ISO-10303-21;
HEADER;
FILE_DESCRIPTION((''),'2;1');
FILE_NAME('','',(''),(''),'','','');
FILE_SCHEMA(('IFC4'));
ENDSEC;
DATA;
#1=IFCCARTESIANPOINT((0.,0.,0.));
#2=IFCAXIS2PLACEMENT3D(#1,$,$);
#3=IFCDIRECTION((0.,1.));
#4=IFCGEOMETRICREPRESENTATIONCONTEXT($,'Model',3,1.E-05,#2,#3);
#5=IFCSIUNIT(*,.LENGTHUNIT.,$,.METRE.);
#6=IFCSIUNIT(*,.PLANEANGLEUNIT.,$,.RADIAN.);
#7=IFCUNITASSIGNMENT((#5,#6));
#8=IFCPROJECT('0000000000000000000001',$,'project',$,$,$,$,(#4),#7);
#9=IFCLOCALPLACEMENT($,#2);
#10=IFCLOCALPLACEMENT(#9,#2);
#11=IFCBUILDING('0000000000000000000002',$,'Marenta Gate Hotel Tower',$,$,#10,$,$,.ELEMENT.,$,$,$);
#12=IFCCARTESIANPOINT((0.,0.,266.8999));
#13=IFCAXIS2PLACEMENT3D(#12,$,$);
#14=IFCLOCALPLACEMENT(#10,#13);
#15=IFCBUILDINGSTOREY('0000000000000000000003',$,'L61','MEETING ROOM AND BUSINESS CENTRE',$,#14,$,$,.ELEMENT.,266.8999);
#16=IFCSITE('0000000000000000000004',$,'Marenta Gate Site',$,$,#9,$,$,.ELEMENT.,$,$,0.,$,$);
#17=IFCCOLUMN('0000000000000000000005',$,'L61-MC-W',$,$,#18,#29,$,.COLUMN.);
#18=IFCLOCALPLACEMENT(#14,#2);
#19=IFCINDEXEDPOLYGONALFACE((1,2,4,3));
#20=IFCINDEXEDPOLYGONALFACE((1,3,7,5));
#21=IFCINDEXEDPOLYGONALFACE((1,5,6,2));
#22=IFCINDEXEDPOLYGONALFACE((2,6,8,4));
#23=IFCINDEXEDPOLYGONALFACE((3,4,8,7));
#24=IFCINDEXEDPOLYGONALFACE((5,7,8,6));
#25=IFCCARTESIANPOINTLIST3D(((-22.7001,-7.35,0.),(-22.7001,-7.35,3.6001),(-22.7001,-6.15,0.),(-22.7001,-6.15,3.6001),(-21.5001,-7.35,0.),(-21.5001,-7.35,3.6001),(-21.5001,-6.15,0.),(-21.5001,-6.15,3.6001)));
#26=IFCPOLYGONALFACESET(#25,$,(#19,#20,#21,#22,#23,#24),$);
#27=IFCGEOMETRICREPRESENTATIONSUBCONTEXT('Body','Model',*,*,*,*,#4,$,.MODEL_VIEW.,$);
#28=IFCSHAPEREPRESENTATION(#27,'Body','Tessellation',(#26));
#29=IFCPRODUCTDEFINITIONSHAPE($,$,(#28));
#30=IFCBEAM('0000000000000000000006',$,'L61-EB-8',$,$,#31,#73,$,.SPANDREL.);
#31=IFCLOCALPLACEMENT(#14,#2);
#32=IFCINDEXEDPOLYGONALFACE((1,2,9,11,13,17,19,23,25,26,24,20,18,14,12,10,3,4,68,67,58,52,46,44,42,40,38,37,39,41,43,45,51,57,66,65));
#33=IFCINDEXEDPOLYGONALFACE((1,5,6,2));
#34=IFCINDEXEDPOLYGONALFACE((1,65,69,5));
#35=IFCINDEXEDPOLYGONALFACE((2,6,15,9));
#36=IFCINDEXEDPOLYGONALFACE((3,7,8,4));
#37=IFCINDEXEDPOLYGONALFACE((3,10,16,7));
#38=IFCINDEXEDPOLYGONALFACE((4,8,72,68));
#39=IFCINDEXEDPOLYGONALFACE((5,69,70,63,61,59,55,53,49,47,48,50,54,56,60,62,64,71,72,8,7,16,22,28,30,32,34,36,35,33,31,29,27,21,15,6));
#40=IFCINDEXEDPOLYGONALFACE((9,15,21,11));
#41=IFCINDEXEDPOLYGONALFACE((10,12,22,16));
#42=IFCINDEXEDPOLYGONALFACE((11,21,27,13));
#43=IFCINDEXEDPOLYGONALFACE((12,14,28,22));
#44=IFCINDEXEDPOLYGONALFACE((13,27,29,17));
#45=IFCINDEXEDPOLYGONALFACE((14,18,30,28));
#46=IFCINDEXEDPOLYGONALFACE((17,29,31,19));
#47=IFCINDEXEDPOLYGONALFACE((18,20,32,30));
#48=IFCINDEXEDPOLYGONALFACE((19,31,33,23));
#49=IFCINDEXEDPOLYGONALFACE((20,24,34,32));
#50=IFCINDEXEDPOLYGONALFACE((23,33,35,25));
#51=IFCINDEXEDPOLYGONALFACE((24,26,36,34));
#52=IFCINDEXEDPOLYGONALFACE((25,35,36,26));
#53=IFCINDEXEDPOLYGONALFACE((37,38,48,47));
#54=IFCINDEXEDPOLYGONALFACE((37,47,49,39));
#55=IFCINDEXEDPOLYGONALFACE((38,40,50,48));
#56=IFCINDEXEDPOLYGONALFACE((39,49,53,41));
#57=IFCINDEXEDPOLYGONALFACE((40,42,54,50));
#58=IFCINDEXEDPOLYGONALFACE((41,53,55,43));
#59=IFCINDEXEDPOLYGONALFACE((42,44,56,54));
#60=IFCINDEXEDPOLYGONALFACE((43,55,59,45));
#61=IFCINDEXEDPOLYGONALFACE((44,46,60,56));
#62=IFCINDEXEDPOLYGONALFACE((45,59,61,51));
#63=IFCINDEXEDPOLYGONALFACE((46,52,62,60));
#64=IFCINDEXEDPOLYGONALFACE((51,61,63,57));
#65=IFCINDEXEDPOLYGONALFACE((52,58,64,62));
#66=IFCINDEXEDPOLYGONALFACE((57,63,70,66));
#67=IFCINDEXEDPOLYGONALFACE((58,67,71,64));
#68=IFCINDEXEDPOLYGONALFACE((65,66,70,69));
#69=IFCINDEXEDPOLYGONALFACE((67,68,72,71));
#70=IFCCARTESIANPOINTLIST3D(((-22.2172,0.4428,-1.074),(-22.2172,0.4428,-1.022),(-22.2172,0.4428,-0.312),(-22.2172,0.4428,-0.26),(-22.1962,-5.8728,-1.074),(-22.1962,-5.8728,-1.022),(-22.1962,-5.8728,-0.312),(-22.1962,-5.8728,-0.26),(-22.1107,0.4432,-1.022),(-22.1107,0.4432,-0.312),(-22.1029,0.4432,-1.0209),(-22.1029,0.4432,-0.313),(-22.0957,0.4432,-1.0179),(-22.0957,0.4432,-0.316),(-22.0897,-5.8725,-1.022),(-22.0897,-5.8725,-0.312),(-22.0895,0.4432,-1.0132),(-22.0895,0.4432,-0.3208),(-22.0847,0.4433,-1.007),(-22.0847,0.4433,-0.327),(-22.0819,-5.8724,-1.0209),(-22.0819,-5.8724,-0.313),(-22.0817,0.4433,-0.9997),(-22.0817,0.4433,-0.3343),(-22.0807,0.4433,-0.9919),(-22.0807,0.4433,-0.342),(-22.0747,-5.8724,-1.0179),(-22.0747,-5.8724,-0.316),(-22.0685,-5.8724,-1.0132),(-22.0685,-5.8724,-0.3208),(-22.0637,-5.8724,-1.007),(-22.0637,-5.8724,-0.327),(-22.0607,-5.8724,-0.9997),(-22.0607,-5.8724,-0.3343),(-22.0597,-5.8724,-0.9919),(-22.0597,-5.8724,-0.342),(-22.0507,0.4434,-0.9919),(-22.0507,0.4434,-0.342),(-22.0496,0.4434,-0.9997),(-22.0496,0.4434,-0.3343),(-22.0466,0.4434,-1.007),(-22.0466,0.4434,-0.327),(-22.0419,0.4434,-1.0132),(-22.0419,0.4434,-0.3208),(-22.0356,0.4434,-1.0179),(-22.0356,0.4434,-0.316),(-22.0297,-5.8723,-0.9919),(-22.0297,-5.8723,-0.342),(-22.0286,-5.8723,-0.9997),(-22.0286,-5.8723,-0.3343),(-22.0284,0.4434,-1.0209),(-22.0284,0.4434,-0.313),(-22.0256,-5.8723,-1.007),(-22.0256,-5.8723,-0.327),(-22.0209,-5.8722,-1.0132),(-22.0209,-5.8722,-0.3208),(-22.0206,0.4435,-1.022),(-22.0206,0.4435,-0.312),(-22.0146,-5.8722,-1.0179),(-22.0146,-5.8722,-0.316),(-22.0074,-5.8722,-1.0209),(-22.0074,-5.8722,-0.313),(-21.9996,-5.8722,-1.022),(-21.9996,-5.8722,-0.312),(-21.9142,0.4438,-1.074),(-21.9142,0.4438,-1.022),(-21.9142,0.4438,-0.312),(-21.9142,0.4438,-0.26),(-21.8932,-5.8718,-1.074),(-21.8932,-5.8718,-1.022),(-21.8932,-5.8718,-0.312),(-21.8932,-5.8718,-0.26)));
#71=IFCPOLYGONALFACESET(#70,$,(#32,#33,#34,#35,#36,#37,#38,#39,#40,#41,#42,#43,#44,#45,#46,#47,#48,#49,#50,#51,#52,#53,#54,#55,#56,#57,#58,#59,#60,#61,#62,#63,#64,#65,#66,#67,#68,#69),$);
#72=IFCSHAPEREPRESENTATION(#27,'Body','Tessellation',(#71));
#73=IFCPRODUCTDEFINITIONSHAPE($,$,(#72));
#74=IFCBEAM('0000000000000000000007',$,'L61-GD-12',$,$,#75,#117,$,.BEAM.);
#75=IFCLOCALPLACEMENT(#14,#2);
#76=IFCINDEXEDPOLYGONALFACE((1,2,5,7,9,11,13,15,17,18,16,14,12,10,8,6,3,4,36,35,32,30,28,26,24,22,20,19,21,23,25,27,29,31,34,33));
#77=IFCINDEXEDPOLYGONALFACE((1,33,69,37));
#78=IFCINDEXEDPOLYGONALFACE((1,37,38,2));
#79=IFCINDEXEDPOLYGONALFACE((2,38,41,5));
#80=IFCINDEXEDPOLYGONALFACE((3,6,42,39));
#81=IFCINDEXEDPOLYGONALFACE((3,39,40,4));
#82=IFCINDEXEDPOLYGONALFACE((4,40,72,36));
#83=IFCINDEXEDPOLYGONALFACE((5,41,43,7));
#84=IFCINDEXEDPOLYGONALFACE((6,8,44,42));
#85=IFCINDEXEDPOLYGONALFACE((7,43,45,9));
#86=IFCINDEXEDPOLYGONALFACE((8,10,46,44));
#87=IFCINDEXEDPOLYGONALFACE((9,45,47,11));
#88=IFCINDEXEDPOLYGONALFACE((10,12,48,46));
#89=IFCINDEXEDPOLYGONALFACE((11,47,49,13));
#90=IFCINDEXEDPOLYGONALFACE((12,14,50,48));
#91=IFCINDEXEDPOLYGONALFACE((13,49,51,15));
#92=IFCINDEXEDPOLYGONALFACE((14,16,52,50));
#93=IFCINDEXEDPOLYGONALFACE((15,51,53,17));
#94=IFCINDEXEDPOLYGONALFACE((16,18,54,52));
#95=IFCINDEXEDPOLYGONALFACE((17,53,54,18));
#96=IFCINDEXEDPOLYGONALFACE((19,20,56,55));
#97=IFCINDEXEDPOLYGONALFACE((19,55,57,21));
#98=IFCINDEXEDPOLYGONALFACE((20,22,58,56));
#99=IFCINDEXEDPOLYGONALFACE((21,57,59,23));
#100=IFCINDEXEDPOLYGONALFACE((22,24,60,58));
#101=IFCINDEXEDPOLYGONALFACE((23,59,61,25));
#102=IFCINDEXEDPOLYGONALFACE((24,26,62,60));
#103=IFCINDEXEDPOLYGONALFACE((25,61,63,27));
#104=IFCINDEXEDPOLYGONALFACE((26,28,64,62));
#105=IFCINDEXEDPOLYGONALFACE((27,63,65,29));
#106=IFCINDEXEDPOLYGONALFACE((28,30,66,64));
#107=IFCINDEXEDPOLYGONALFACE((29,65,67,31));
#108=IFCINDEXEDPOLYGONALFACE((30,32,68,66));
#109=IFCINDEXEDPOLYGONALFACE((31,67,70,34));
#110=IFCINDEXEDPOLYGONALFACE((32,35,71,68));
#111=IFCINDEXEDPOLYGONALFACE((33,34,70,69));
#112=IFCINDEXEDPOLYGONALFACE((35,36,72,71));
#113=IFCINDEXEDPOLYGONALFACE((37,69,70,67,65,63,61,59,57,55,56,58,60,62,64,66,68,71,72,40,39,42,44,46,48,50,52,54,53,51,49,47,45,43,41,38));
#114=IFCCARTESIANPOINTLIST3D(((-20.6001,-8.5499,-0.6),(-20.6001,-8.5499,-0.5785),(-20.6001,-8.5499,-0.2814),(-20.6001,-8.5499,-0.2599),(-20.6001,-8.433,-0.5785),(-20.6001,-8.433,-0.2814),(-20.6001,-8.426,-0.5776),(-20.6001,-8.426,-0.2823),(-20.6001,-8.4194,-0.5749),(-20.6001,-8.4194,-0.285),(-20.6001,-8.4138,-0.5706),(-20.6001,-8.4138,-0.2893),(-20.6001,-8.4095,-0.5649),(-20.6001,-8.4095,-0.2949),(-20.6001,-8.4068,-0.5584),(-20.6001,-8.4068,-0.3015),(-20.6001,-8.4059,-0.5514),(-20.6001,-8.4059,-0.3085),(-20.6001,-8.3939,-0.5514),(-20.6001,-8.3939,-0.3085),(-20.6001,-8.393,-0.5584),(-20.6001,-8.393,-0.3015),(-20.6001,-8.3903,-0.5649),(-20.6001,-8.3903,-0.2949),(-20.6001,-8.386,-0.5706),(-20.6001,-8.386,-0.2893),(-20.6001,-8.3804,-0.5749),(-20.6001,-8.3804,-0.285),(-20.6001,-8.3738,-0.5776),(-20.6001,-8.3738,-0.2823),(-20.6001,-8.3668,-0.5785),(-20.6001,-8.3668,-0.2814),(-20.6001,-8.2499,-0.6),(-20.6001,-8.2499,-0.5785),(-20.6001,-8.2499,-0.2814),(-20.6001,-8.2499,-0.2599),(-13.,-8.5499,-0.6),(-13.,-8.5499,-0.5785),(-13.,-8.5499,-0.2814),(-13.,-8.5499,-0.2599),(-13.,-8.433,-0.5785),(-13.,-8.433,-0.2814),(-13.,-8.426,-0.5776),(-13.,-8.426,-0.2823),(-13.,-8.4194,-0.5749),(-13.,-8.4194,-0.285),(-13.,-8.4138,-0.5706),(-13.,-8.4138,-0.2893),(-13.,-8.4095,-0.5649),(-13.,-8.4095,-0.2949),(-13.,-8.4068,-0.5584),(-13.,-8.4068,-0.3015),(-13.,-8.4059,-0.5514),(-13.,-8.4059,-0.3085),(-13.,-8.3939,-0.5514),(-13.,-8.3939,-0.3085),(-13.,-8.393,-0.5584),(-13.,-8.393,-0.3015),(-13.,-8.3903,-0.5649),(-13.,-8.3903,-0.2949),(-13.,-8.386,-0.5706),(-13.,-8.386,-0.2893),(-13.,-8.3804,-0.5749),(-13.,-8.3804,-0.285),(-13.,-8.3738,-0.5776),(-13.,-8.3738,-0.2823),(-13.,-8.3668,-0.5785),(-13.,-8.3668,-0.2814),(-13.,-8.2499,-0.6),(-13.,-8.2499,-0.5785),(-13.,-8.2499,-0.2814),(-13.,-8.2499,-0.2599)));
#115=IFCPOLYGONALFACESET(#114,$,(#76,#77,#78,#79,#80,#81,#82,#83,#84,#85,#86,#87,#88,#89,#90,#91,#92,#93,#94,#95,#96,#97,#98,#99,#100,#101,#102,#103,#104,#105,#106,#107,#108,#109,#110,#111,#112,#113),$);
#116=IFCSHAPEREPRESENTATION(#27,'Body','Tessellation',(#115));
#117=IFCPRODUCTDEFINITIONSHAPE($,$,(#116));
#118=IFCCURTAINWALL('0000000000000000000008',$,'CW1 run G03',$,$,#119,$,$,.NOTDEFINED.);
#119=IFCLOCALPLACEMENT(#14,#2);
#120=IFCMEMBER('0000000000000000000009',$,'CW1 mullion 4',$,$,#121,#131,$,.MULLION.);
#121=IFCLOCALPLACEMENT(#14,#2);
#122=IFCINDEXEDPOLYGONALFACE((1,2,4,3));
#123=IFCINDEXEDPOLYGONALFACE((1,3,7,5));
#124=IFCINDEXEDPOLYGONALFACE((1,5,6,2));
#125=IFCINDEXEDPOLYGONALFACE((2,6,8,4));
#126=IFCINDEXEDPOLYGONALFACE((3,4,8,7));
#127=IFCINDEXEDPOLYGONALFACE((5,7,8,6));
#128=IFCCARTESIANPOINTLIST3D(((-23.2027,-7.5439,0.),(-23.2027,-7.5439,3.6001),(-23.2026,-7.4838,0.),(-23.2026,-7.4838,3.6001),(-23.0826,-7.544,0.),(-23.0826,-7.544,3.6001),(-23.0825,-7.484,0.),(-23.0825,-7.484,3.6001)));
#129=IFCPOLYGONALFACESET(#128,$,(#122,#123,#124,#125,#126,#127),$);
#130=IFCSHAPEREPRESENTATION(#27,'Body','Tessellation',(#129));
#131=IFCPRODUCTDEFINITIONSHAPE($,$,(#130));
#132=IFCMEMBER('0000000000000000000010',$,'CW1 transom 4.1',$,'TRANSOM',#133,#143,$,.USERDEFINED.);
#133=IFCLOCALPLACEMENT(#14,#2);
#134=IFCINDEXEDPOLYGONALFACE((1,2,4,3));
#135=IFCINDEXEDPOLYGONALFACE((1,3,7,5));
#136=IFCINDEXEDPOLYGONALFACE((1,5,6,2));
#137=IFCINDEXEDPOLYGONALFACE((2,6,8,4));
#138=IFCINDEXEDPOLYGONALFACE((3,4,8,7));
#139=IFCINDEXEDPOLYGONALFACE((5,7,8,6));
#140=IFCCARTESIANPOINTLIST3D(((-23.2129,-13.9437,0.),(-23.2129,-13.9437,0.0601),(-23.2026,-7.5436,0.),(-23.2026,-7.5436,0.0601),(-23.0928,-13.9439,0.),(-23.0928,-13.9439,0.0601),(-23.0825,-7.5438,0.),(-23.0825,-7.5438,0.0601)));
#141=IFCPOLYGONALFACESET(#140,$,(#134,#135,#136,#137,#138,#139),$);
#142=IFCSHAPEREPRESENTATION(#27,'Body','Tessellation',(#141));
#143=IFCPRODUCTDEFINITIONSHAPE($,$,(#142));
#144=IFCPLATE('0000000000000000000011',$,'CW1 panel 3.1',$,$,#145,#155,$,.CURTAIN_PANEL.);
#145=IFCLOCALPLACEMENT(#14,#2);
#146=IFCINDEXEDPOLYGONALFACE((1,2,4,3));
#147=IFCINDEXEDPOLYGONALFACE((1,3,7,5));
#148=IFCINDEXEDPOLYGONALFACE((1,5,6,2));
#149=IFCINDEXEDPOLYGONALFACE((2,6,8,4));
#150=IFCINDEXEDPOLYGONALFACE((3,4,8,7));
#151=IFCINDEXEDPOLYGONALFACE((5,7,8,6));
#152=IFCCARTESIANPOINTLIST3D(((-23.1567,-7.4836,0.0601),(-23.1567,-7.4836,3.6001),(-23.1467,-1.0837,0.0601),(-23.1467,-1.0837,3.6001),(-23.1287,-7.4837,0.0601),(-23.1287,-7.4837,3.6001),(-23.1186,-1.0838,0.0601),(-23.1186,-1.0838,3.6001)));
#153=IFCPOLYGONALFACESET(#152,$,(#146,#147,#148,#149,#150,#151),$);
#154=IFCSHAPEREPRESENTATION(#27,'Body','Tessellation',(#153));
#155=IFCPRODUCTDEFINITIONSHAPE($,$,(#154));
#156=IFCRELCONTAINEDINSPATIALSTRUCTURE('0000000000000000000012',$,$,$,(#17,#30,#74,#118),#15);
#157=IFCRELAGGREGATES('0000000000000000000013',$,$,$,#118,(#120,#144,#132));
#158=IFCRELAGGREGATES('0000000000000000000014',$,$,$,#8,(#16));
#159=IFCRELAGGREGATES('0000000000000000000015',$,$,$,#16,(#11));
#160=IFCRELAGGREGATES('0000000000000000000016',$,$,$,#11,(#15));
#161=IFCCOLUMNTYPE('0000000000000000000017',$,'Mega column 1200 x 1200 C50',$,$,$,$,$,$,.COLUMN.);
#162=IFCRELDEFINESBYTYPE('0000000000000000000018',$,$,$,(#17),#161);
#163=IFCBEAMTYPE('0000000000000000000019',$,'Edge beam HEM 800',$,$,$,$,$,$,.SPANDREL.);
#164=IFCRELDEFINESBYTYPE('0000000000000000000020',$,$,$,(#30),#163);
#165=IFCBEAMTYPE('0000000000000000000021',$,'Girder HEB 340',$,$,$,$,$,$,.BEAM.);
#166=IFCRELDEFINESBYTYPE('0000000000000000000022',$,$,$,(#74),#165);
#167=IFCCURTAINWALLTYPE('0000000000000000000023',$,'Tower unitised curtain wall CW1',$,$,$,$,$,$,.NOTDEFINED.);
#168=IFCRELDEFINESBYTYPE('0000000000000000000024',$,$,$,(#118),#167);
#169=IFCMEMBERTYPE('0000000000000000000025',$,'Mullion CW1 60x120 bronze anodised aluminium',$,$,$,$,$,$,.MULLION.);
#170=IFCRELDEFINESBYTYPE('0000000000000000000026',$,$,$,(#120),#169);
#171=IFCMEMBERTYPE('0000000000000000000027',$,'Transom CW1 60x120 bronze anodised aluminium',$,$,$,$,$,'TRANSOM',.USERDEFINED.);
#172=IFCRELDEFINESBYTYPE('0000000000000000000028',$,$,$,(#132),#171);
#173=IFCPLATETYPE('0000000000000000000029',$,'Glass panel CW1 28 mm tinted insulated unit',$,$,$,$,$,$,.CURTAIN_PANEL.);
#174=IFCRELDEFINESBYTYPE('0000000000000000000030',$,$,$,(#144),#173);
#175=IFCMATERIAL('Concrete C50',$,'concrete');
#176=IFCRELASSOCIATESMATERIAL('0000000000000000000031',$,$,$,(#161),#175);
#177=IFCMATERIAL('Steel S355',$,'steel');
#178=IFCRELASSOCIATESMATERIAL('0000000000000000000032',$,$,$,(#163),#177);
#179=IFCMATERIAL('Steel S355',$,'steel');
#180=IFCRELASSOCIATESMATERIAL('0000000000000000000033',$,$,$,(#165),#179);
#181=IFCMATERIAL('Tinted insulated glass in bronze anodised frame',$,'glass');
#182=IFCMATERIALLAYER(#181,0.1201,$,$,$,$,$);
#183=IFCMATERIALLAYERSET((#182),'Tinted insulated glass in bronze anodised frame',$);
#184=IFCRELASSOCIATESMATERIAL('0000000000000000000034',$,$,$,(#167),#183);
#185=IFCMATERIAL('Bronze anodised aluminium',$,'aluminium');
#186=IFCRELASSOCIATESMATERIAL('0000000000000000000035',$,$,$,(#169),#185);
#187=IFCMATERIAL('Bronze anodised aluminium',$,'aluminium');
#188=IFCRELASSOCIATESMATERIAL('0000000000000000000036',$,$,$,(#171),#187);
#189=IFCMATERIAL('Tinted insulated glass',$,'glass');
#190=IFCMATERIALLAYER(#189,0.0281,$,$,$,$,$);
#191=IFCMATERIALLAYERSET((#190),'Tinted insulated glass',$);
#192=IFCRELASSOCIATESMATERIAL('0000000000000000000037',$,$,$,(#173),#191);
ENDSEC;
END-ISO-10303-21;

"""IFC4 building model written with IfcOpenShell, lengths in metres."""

from ifc_helpers import new_model, si_unit, direction, frame, origin, origin_2d, place, context, subcontext, project, spatial, rectangle, i_section, extrude, material, layer, layer_set, material_profile, profile_set, type_object, element, aggregate, save


model = new_model("IFC4")

# Units and contexts
model_context = context("Model", 3, precision=1e-05, world=origin(), true_north=direction((0.0, 1.0)))
body_context = subcontext(model_context, "Body", "Model", "MODEL_VIEW")
ifc_project = project(units=[si_unit("LENGTHUNIT", "METRE"), si_unit("PLANEANGLEUNIT", "RADIAN")], contexts=[model_context])

# Site, building, storey
site_placement = place(None, origin())
site = spatial("IfcSite", under=ifc_project, at=site_placement, Name="Marenta Gate Site", CompositionType="ELEMENT", RefElevation=0.0)
building_placement = place(site_placement, origin())
building = spatial("IfcBuilding", under=site, at=building_placement, Name="Marenta Gate Hotel Tower", CompositionType="ELEMENT")
storey_placement = place(building_placement, frame((0.0, 0.0, 266.8999)))
storey = spatial("IfcBuildingStorey", under=building, at=storey_placement, Name="L61", Description="MEETING ROOM AND BUSINESS CENTRE", CompositionType="ELEMENT", Elevation=266.8999)

# Column
ifc_material_1 = material(Name="Concrete C50", Category="concrete")
ifc_material_profile_1 = material_profile(ifc_material_1, rectangle(XDim=1.2, YDim=1.2, at=origin_2d()), Name="1200 x 1200")
ifc_profile_set_1 = profile_set([ifc_material_profile_1], Name="Concrete C50")
column_type = type_object("IfcColumnType", Name="Mega column 1200 x 1200 C50", PredefinedType="COLUMN", material=ifc_profile_set_1)
column_placement = place(storey_placement, frame((-22.1001, -6.75, 0.0), z_axis=(0.0, 0.0, 1.0), x_axis=(1.0, 0.0, 0.0)))
element("IfcColumn", 1, at=column_placement, inside=storey, type_object=column_type, Name="L61-MC-W", PredefinedType="COLUMN", context=body_context, shape_type="SweptSolid", body=[
    extrude(rectangle(XDim=1.2, YDim=1.2, at=origin_2d()), origin(), (0.0, 0.0, 1.0), 3.6001),
])

# Beams
ifc_material_2 = material(Name="Steel S355", Category="steel")
ifc_material_profile_2 = material_profile(ifc_material_2, i_section(OverallWidth=0.303, OverallDepth=0.814, WebThickness=0.03, FlangeThickness=0.052, FilletRadius=0.03, at=origin_2d()), Name="HEM 800")
ifc_profile_set_2 = profile_set([ifc_material_profile_2], Name="Steel S355")
beam_type_1 = type_object("IfcBeamType", Name="Edge beam HEM 800", PredefinedType="SPANDREL", material=ifc_profile_set_2)
beam_1_placement = place(storey_placement, frame((-22.0447, -5.8723, -0.667), z_axis=(-0.003324, 0.999994, 0.0), x_axis=(-0.999994, -0.003324, 0.0)))
element("IfcBeam", 2, at=beam_1_placement, inside=storey, type_object=beam_type_1, Name="L61-EB-8", PredefinedType="SPANDREL", context=body_context, shape_type="SweptSolid", body=[
    extrude(i_section(OverallWidth=0.303, OverallDepth=0.814, WebThickness=0.03, FlangeThickness=0.052, FilletRadius=0.03, at=origin_2d()), origin(), (0.0, 0.0, 1.0), 6.3157),
])
ifc_material_3 = material(Name="Steel S355", Category="steel")
ifc_material_profile_3 = material_profile(ifc_material_3, i_section(OverallWidth=0.3, OverallDepth=0.3401, WebThickness=0.012, FlangeThickness=0.0215, FilletRadius=0.0271, at=origin_2d()), Name="HEB 340")
ifc_profile_set_3 = profile_set([ifc_material_profile_3], Name="Steel S355")
beam_type_2 = type_object("IfcBeamType", Name="Girder HEB 340", PredefinedType="BEAM", material=ifc_profile_set_3)
beam_2_placement = place(storey_placement, frame((-20.6001, -8.3999, -0.4299), z_axis=(1.0, 0.0, 0.0), x_axis=(0.0, 1.0, 0.0)))
element("IfcBeam", 3, at=beam_2_placement, inside=storey, type_object=beam_type_2, Name="L61-GD-12", PredefinedType="BEAM", context=body_context, shape_type="SweptSolid", body=[
    extrude(i_section(OverallWidth=0.3, OverallDepth=0.3401, WebThickness=0.012, FlangeThickness=0.0215, FilletRadius=0.0271, at=origin_2d()), origin(), (0.0, 0.0, 1.0), 7.6001),
])

# Curtain wall, members, plate
ifc_material_4 = material(Name="Tinted insulated glass in bronze anodised frame", Category="glass")
ifc_layer_1 = layer(ifc_material_4, 0.1201)
ifc_layer_set_1 = layer_set([ifc_layer_1], Name="Tinted insulated glass in bronze anodised frame")
curtain_wall_type = type_object("IfcCurtainWallType", Name="Tower unitised curtain wall CW1", PredefinedType="NOTDEFINED", material=ifc_layer_set_1)
curtain_wall_placement = place(storey_placement, origin())
curtain_wall = element("IfcCurtainWall", 4, at=curtain_wall_placement, inside=storey, type_object=curtain_wall_type, Name="CW1 run G03", PredefinedType="NOTDEFINED")
ifc_material_5 = material(Name="Bronze anodised aluminium", Category="aluminium")
ifc_material_profile_4 = material_profile(ifc_material_5, rectangle(XDim=0.1201, YDim=0.0601, at=origin_2d()), Name="Mullion CW1 60x120 bronze anodised aluminium")
ifc_profile_set_4 = profile_set([ifc_material_profile_4], Name="Bronze anodised aluminium")
member_type_1 = type_object("IfcMemberType", Name="Mullion CW1 60x120 bronze anodised aluminium", PredefinedType="MULLION", material=ifc_profile_set_4)
member_1_placement = place(storey_placement, frame((-23.1426, -7.5139, 0.0), z_axis=(0.0, 0.0, 1.0), x_axis=(0.999999, -0.001566, 0.0)))
member_1 = element("IfcMember", 5, at=member_1_placement, type_object=member_type_1, Name="CW1 mullion 4", PredefinedType="MULLION", context=body_context, shape_type="SweptSolid", body=[
    extrude(rectangle(XDim=0.1201, YDim=0.0601, at=origin_2d()), origin(), (0.0, 0.0, 1.0), 3.6001),
])
ifc_material_6 = material(Name="Bronze anodised aluminium", Category="aluminium")
ifc_material_profile_5 = material_profile(ifc_material_6, rectangle(XDim=0.1201, YDim=0.0601, at=origin_2d()), Name="Transom CW1 60x120 bronze anodised aluminium")
ifc_profile_set_5 = profile_set([ifc_material_profile_5], Name="Bronze anodised aluminium")
member_type_2 = type_object("IfcMemberType", Name="Transom CW1 60x120 bronze anodised aluminium", ElementType="TRANSOM", PredefinedType="USERDEFINED", material=ifc_profile_set_5)
member_2_placement = place(storey_placement, frame((-23.1426, -7.5437, 0.03), z_axis=(-0.001602, -0.999999, 0.0), x_axis=(0.999999, -0.001602, 0.0)))
member_2 = element("IfcMember", 6, at=member_2_placement, type_object=member_type_2, Name="CW1 transom 4.1", ObjectType="TRANSOM", PredefinedType="USERDEFINED", context=body_context, shape_type="SweptSolid", body=[
    extrude(rectangle(XDim=0.1201, YDim=0.0601, at=origin_2d()), origin(), (0.0, 0.0, 1.0), 6.4001),
])
ifc_material_7 = material(Name="Tinted insulated glass", Category="glass")
ifc_layer_2 = layer(ifc_material_7, 0.0281)
ifc_layer_set_2 = layer_set([ifc_layer_2], Name="Tinted insulated glass")
plate_type = type_object("IfcPlateType", Name="Glass panel CW1 28 mm tinted insulated unit", PredefinedType="CURTAIN_PANEL", material=ifc_layer_set_2)
plate_placement = place(storey_placement, frame((-23.1377, -4.2837, 0.0601), z_axis=(0.0, 0.0, 1.0), x_axis=(-0.001566, -0.999999, 0.0)))
plate = element("IfcPlate", 7, at=plate_placement, type_object=plate_type, Name="CW1 panel 3.1", PredefinedType="CURTAIN_PANEL", context=body_context, shape_type="SweptSolid", body=[
    extrude(rectangle(XDim=6.3999, YDim=0.0281, at=origin_2d()), origin(), (0.0, 0.0, 1.0), 3.54),
])
aggregate(curtain_wall, [member_1, plate, member_2])

save(model, "model.ifc")
